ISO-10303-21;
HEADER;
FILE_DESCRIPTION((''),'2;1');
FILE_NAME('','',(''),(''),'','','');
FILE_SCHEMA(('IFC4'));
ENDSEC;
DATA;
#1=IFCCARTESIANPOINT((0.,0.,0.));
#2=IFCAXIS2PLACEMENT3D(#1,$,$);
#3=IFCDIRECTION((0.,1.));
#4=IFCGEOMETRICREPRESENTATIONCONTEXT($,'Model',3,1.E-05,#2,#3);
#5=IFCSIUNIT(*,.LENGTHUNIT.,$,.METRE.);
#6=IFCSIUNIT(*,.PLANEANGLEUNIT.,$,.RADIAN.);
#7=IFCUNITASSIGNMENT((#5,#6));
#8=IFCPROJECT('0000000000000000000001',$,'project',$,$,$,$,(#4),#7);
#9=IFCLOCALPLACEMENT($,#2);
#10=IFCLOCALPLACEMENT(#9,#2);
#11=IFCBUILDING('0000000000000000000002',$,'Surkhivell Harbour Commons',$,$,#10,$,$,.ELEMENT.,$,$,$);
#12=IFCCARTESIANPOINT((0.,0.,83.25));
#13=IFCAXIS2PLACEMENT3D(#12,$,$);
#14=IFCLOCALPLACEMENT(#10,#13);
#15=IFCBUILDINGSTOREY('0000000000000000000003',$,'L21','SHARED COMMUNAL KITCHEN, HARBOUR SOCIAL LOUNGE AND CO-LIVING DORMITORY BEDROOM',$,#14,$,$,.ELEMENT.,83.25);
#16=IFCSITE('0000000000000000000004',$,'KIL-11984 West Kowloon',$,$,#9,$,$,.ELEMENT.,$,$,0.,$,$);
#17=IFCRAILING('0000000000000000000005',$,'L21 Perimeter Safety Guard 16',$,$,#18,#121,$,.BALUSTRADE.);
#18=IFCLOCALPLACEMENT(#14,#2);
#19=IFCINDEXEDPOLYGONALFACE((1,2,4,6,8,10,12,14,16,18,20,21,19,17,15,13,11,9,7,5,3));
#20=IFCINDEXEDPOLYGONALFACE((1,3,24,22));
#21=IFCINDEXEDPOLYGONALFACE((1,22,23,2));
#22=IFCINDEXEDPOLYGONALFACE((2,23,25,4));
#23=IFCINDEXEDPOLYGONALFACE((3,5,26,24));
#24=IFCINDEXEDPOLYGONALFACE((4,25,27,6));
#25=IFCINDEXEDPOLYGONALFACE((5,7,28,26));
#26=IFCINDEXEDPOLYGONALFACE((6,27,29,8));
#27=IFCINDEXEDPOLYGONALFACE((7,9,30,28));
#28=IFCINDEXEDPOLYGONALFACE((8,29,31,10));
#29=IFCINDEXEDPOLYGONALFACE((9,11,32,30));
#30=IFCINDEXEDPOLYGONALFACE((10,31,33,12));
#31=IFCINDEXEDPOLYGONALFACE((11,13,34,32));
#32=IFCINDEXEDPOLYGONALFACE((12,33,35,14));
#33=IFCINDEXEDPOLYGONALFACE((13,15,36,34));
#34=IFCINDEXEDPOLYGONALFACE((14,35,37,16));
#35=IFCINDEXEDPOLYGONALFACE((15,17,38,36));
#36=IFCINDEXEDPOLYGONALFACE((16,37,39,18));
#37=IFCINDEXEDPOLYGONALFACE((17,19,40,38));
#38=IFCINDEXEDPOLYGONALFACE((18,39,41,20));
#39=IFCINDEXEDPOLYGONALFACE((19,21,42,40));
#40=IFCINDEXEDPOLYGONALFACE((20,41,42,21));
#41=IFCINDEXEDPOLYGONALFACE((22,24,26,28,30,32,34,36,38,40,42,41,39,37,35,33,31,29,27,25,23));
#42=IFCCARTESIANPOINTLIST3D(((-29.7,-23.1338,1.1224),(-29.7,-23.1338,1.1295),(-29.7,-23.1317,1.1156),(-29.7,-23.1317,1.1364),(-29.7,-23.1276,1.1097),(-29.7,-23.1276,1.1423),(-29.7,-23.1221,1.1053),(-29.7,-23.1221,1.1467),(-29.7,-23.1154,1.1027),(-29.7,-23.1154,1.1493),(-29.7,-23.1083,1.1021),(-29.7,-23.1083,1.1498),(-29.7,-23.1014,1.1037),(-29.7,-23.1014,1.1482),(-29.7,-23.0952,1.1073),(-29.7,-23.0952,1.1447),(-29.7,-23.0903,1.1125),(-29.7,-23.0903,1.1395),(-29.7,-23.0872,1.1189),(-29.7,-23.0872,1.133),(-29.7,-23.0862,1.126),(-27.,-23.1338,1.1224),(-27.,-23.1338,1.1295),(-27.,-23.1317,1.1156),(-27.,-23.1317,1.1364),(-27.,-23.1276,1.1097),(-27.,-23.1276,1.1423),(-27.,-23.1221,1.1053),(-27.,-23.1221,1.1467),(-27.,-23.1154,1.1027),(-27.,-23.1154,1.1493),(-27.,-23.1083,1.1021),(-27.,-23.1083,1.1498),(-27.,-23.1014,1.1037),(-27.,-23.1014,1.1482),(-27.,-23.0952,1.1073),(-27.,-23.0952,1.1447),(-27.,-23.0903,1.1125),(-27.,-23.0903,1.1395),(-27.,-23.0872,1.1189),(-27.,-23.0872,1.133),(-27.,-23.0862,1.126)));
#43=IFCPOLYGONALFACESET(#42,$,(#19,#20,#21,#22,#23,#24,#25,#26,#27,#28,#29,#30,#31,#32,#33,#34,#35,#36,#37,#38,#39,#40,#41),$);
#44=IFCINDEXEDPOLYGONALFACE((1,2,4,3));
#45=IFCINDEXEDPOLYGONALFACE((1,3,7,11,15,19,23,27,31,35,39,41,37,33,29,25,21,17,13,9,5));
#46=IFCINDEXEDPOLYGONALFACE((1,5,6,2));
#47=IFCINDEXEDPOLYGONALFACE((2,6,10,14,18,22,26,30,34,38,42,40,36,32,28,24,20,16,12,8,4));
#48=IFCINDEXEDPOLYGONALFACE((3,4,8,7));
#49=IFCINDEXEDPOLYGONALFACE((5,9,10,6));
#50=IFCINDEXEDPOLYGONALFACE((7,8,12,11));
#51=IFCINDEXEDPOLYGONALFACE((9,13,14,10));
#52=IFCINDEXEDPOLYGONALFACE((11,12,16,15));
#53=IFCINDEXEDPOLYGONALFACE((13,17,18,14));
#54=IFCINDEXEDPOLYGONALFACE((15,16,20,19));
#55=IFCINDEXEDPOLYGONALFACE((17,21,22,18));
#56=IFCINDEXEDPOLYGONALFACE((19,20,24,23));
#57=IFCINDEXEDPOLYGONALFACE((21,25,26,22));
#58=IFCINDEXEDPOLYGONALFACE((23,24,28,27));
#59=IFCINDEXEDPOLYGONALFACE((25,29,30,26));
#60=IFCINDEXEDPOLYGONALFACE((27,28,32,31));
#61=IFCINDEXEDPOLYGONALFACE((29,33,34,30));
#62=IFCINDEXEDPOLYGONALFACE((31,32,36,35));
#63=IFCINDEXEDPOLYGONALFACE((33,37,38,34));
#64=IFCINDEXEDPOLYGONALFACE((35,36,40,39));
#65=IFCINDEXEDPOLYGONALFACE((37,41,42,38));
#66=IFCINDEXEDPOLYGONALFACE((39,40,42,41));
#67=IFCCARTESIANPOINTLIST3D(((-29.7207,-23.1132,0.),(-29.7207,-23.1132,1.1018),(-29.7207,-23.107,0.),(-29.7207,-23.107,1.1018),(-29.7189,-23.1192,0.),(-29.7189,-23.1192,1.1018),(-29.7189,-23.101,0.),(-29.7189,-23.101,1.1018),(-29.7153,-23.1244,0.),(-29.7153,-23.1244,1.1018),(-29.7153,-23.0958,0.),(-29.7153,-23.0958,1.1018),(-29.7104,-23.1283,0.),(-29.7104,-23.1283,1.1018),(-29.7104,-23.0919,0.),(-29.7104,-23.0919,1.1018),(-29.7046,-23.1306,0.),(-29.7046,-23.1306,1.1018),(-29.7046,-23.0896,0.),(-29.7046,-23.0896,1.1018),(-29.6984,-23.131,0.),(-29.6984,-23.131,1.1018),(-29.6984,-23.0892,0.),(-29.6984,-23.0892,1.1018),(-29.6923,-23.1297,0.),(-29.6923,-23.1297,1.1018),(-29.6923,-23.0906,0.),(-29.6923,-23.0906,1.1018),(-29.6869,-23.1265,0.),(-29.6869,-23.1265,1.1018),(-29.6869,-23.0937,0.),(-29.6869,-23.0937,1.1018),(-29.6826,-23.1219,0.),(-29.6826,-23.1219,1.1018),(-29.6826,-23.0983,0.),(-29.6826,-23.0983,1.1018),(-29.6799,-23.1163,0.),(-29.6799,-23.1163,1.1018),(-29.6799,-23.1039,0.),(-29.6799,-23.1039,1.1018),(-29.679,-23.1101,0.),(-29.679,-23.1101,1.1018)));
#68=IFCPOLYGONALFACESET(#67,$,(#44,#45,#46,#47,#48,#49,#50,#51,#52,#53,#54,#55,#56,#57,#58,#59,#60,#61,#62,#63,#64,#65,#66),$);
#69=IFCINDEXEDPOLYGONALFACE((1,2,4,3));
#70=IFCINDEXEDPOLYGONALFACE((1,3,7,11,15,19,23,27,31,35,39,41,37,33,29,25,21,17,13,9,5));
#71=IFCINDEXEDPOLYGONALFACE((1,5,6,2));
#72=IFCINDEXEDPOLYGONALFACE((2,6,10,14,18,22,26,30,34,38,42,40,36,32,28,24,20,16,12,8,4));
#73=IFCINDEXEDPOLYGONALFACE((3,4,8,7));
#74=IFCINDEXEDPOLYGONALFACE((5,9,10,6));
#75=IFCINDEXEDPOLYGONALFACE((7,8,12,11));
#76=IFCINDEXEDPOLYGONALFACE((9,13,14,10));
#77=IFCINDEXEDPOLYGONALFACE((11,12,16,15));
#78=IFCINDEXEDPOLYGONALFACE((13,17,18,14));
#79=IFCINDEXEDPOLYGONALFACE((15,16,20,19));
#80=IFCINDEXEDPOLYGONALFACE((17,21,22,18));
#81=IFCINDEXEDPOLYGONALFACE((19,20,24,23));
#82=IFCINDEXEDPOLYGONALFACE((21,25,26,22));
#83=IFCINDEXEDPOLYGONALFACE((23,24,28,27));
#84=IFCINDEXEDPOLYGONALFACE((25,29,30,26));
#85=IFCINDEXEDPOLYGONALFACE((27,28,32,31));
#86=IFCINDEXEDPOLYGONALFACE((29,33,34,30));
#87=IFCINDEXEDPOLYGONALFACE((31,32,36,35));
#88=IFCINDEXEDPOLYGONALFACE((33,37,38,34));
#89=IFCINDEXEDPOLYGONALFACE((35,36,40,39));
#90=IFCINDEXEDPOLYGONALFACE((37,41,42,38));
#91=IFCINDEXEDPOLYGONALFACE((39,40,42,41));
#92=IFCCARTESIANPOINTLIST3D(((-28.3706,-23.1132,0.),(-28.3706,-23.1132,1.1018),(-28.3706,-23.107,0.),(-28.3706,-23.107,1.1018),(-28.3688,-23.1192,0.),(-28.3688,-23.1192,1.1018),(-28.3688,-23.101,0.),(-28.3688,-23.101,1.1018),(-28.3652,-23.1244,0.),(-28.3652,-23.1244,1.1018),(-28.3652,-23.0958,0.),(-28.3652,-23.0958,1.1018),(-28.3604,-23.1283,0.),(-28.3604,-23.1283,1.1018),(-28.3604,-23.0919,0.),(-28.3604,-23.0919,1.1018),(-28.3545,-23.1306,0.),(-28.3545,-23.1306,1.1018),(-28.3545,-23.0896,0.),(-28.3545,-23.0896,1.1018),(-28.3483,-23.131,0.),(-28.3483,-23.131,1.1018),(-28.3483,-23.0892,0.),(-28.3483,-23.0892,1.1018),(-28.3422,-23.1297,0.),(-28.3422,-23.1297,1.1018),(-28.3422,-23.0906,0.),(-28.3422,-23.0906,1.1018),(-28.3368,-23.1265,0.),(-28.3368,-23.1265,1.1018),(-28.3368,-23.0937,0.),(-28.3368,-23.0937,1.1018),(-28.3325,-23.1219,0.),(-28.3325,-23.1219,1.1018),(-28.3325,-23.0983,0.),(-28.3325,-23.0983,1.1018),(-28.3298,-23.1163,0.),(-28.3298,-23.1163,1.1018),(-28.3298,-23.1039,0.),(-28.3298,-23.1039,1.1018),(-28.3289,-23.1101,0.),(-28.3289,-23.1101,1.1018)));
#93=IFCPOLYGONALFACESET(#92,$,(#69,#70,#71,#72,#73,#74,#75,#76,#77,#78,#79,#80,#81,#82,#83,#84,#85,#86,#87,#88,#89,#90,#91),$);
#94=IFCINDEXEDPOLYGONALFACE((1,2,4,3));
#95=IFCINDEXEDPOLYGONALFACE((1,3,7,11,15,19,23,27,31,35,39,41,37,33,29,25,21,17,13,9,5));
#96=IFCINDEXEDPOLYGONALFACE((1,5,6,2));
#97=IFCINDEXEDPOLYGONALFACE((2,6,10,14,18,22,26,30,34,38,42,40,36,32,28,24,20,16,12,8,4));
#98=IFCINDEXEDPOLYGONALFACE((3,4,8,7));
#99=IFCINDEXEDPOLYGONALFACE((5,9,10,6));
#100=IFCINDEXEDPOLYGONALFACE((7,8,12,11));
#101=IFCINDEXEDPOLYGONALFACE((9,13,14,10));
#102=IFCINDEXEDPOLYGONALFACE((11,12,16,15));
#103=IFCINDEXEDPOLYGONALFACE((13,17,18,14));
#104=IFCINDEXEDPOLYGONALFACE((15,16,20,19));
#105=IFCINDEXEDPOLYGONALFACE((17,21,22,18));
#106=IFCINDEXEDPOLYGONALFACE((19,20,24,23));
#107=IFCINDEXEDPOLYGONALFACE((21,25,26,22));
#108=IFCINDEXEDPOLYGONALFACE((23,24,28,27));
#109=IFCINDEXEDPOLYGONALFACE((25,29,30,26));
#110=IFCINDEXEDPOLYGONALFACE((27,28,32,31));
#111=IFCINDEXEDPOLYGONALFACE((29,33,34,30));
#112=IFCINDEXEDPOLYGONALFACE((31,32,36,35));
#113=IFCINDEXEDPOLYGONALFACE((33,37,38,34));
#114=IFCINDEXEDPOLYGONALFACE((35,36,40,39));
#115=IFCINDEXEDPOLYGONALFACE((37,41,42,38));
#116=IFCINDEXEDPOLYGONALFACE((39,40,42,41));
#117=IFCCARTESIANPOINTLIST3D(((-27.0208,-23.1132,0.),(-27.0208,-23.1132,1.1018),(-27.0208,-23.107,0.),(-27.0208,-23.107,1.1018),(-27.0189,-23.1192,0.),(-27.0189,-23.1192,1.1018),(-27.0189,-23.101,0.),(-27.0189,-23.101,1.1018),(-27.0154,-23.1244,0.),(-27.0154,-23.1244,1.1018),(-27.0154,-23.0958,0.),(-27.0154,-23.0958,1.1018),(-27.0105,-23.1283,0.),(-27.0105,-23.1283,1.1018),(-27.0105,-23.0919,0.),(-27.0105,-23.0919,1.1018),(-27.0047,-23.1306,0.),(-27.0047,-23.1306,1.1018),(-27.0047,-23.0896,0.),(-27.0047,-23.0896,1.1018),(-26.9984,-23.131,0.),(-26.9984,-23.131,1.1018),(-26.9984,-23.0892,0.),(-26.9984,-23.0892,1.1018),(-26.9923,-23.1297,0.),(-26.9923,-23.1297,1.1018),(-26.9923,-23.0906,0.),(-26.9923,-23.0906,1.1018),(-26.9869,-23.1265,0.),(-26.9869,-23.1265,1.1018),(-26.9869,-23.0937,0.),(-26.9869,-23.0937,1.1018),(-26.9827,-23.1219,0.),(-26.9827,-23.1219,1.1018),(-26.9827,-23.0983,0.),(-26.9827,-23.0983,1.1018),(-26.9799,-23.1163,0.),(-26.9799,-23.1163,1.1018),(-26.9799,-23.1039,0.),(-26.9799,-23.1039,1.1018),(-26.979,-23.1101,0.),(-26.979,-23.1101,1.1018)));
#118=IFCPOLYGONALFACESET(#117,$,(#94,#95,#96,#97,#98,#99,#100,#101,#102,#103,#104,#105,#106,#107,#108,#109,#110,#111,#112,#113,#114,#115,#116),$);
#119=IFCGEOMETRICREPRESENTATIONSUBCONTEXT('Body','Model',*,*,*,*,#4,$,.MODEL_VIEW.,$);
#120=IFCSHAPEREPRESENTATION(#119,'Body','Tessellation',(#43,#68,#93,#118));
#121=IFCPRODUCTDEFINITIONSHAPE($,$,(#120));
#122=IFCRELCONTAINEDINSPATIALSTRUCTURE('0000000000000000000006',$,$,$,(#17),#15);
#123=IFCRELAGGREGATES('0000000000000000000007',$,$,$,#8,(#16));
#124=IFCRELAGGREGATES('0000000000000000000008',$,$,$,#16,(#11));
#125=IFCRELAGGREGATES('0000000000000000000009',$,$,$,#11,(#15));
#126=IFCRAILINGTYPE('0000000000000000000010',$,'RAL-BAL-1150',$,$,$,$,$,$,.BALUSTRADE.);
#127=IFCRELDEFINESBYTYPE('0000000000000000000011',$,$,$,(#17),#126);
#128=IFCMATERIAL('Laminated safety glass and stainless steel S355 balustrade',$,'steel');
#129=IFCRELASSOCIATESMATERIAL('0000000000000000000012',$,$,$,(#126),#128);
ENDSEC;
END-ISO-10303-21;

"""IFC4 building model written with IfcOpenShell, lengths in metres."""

from ifc_helpers import new_model, si_unit, direction, frame, origin, origin_2d, place, context, subcontext, project, spatial, circle, extrude, material, type_object, element, save


model = new_model("IFC4")

# Units and contexts
model_context = context("Model", 3, precision=1e-05, world=origin(), true_north=direction((0.0, 1.0)))
body_context = subcontext(model_context, "Body", "Model", "MODEL_VIEW")
ifc_project = project(units=[si_unit("LENGTHUNIT", "METRE"), si_unit("PLANEANGLEUNIT", "RADIAN")], contexts=[model_context])

# Site, building, storey
site_placement = place(None, origin())
site = spatial("IfcSite", under=ifc_project, at=site_placement, Name="KIL-11984 West Kowloon", CompositionType="ELEMENT", RefElevation=0.0)
building_placement = place(site_placement, origin())
building = spatial("IfcBuilding", under=site, at=building_placement, Name="Surkhivell Harbour Commons", CompositionType="ELEMENT")
storey_placement = place(building_placement, frame((0.0, 0.0, 83.25)))
storey = spatial("IfcBuildingStorey", under=building, at=storey_placement, Name="L21", Description="SHARED COMMUNAL KITCHEN, HARBOUR SOCIAL LOUNGE AND CO-LIVING DORMITORY BEDROOM", CompositionType="ELEMENT", Elevation=83.25)

# Railing
ifc_material_1 = material(Name="Laminated safety glass and stainless steel S355 balustrade", Category="steel")
railing_type = type_object("IfcRailingType", Name="RAL-BAL-1150", PredefinedType="BALUSTRADE", material=ifc_material_1)
railing_1_placement = place(storey_placement, frame((-29.7, -23.1101, 0.0)))
element("IfcRailing", 1, at=railing_1_placement, inside=storey, type_object=railing_type, Name="L21 Perimeter Safety Guard 16", PredefinedType="BALUSTRADE", context=body_context, shape_type="SweptSolid", body=[
    extrude(circle(Radius=0.0239, at=origin_2d()), frame((0.0, 0.0, 1.126), z_axis=(1.0, 0.0, 0.0), x_axis=(0.0, 1.0, 0.0)), (0.0, 0.0, 1.0), 2.7),
    extrude(circle(Radius=0.021, at=origin_2d()), origin(), (0.0, 0.0, 1.0), 1.1018),
    extrude(circle(Radius=0.021, at=origin_2d()), frame((1.3501, 0.0, 0.0)), (0.0, 0.0, 1.0), 1.1018),
    extrude(circle(Radius=0.021, at=origin_2d()), frame((2.7, 0.0, 0.0)), (0.0, 0.0, 1.0), 1.1018),
])

save(model, "model.ifc")
